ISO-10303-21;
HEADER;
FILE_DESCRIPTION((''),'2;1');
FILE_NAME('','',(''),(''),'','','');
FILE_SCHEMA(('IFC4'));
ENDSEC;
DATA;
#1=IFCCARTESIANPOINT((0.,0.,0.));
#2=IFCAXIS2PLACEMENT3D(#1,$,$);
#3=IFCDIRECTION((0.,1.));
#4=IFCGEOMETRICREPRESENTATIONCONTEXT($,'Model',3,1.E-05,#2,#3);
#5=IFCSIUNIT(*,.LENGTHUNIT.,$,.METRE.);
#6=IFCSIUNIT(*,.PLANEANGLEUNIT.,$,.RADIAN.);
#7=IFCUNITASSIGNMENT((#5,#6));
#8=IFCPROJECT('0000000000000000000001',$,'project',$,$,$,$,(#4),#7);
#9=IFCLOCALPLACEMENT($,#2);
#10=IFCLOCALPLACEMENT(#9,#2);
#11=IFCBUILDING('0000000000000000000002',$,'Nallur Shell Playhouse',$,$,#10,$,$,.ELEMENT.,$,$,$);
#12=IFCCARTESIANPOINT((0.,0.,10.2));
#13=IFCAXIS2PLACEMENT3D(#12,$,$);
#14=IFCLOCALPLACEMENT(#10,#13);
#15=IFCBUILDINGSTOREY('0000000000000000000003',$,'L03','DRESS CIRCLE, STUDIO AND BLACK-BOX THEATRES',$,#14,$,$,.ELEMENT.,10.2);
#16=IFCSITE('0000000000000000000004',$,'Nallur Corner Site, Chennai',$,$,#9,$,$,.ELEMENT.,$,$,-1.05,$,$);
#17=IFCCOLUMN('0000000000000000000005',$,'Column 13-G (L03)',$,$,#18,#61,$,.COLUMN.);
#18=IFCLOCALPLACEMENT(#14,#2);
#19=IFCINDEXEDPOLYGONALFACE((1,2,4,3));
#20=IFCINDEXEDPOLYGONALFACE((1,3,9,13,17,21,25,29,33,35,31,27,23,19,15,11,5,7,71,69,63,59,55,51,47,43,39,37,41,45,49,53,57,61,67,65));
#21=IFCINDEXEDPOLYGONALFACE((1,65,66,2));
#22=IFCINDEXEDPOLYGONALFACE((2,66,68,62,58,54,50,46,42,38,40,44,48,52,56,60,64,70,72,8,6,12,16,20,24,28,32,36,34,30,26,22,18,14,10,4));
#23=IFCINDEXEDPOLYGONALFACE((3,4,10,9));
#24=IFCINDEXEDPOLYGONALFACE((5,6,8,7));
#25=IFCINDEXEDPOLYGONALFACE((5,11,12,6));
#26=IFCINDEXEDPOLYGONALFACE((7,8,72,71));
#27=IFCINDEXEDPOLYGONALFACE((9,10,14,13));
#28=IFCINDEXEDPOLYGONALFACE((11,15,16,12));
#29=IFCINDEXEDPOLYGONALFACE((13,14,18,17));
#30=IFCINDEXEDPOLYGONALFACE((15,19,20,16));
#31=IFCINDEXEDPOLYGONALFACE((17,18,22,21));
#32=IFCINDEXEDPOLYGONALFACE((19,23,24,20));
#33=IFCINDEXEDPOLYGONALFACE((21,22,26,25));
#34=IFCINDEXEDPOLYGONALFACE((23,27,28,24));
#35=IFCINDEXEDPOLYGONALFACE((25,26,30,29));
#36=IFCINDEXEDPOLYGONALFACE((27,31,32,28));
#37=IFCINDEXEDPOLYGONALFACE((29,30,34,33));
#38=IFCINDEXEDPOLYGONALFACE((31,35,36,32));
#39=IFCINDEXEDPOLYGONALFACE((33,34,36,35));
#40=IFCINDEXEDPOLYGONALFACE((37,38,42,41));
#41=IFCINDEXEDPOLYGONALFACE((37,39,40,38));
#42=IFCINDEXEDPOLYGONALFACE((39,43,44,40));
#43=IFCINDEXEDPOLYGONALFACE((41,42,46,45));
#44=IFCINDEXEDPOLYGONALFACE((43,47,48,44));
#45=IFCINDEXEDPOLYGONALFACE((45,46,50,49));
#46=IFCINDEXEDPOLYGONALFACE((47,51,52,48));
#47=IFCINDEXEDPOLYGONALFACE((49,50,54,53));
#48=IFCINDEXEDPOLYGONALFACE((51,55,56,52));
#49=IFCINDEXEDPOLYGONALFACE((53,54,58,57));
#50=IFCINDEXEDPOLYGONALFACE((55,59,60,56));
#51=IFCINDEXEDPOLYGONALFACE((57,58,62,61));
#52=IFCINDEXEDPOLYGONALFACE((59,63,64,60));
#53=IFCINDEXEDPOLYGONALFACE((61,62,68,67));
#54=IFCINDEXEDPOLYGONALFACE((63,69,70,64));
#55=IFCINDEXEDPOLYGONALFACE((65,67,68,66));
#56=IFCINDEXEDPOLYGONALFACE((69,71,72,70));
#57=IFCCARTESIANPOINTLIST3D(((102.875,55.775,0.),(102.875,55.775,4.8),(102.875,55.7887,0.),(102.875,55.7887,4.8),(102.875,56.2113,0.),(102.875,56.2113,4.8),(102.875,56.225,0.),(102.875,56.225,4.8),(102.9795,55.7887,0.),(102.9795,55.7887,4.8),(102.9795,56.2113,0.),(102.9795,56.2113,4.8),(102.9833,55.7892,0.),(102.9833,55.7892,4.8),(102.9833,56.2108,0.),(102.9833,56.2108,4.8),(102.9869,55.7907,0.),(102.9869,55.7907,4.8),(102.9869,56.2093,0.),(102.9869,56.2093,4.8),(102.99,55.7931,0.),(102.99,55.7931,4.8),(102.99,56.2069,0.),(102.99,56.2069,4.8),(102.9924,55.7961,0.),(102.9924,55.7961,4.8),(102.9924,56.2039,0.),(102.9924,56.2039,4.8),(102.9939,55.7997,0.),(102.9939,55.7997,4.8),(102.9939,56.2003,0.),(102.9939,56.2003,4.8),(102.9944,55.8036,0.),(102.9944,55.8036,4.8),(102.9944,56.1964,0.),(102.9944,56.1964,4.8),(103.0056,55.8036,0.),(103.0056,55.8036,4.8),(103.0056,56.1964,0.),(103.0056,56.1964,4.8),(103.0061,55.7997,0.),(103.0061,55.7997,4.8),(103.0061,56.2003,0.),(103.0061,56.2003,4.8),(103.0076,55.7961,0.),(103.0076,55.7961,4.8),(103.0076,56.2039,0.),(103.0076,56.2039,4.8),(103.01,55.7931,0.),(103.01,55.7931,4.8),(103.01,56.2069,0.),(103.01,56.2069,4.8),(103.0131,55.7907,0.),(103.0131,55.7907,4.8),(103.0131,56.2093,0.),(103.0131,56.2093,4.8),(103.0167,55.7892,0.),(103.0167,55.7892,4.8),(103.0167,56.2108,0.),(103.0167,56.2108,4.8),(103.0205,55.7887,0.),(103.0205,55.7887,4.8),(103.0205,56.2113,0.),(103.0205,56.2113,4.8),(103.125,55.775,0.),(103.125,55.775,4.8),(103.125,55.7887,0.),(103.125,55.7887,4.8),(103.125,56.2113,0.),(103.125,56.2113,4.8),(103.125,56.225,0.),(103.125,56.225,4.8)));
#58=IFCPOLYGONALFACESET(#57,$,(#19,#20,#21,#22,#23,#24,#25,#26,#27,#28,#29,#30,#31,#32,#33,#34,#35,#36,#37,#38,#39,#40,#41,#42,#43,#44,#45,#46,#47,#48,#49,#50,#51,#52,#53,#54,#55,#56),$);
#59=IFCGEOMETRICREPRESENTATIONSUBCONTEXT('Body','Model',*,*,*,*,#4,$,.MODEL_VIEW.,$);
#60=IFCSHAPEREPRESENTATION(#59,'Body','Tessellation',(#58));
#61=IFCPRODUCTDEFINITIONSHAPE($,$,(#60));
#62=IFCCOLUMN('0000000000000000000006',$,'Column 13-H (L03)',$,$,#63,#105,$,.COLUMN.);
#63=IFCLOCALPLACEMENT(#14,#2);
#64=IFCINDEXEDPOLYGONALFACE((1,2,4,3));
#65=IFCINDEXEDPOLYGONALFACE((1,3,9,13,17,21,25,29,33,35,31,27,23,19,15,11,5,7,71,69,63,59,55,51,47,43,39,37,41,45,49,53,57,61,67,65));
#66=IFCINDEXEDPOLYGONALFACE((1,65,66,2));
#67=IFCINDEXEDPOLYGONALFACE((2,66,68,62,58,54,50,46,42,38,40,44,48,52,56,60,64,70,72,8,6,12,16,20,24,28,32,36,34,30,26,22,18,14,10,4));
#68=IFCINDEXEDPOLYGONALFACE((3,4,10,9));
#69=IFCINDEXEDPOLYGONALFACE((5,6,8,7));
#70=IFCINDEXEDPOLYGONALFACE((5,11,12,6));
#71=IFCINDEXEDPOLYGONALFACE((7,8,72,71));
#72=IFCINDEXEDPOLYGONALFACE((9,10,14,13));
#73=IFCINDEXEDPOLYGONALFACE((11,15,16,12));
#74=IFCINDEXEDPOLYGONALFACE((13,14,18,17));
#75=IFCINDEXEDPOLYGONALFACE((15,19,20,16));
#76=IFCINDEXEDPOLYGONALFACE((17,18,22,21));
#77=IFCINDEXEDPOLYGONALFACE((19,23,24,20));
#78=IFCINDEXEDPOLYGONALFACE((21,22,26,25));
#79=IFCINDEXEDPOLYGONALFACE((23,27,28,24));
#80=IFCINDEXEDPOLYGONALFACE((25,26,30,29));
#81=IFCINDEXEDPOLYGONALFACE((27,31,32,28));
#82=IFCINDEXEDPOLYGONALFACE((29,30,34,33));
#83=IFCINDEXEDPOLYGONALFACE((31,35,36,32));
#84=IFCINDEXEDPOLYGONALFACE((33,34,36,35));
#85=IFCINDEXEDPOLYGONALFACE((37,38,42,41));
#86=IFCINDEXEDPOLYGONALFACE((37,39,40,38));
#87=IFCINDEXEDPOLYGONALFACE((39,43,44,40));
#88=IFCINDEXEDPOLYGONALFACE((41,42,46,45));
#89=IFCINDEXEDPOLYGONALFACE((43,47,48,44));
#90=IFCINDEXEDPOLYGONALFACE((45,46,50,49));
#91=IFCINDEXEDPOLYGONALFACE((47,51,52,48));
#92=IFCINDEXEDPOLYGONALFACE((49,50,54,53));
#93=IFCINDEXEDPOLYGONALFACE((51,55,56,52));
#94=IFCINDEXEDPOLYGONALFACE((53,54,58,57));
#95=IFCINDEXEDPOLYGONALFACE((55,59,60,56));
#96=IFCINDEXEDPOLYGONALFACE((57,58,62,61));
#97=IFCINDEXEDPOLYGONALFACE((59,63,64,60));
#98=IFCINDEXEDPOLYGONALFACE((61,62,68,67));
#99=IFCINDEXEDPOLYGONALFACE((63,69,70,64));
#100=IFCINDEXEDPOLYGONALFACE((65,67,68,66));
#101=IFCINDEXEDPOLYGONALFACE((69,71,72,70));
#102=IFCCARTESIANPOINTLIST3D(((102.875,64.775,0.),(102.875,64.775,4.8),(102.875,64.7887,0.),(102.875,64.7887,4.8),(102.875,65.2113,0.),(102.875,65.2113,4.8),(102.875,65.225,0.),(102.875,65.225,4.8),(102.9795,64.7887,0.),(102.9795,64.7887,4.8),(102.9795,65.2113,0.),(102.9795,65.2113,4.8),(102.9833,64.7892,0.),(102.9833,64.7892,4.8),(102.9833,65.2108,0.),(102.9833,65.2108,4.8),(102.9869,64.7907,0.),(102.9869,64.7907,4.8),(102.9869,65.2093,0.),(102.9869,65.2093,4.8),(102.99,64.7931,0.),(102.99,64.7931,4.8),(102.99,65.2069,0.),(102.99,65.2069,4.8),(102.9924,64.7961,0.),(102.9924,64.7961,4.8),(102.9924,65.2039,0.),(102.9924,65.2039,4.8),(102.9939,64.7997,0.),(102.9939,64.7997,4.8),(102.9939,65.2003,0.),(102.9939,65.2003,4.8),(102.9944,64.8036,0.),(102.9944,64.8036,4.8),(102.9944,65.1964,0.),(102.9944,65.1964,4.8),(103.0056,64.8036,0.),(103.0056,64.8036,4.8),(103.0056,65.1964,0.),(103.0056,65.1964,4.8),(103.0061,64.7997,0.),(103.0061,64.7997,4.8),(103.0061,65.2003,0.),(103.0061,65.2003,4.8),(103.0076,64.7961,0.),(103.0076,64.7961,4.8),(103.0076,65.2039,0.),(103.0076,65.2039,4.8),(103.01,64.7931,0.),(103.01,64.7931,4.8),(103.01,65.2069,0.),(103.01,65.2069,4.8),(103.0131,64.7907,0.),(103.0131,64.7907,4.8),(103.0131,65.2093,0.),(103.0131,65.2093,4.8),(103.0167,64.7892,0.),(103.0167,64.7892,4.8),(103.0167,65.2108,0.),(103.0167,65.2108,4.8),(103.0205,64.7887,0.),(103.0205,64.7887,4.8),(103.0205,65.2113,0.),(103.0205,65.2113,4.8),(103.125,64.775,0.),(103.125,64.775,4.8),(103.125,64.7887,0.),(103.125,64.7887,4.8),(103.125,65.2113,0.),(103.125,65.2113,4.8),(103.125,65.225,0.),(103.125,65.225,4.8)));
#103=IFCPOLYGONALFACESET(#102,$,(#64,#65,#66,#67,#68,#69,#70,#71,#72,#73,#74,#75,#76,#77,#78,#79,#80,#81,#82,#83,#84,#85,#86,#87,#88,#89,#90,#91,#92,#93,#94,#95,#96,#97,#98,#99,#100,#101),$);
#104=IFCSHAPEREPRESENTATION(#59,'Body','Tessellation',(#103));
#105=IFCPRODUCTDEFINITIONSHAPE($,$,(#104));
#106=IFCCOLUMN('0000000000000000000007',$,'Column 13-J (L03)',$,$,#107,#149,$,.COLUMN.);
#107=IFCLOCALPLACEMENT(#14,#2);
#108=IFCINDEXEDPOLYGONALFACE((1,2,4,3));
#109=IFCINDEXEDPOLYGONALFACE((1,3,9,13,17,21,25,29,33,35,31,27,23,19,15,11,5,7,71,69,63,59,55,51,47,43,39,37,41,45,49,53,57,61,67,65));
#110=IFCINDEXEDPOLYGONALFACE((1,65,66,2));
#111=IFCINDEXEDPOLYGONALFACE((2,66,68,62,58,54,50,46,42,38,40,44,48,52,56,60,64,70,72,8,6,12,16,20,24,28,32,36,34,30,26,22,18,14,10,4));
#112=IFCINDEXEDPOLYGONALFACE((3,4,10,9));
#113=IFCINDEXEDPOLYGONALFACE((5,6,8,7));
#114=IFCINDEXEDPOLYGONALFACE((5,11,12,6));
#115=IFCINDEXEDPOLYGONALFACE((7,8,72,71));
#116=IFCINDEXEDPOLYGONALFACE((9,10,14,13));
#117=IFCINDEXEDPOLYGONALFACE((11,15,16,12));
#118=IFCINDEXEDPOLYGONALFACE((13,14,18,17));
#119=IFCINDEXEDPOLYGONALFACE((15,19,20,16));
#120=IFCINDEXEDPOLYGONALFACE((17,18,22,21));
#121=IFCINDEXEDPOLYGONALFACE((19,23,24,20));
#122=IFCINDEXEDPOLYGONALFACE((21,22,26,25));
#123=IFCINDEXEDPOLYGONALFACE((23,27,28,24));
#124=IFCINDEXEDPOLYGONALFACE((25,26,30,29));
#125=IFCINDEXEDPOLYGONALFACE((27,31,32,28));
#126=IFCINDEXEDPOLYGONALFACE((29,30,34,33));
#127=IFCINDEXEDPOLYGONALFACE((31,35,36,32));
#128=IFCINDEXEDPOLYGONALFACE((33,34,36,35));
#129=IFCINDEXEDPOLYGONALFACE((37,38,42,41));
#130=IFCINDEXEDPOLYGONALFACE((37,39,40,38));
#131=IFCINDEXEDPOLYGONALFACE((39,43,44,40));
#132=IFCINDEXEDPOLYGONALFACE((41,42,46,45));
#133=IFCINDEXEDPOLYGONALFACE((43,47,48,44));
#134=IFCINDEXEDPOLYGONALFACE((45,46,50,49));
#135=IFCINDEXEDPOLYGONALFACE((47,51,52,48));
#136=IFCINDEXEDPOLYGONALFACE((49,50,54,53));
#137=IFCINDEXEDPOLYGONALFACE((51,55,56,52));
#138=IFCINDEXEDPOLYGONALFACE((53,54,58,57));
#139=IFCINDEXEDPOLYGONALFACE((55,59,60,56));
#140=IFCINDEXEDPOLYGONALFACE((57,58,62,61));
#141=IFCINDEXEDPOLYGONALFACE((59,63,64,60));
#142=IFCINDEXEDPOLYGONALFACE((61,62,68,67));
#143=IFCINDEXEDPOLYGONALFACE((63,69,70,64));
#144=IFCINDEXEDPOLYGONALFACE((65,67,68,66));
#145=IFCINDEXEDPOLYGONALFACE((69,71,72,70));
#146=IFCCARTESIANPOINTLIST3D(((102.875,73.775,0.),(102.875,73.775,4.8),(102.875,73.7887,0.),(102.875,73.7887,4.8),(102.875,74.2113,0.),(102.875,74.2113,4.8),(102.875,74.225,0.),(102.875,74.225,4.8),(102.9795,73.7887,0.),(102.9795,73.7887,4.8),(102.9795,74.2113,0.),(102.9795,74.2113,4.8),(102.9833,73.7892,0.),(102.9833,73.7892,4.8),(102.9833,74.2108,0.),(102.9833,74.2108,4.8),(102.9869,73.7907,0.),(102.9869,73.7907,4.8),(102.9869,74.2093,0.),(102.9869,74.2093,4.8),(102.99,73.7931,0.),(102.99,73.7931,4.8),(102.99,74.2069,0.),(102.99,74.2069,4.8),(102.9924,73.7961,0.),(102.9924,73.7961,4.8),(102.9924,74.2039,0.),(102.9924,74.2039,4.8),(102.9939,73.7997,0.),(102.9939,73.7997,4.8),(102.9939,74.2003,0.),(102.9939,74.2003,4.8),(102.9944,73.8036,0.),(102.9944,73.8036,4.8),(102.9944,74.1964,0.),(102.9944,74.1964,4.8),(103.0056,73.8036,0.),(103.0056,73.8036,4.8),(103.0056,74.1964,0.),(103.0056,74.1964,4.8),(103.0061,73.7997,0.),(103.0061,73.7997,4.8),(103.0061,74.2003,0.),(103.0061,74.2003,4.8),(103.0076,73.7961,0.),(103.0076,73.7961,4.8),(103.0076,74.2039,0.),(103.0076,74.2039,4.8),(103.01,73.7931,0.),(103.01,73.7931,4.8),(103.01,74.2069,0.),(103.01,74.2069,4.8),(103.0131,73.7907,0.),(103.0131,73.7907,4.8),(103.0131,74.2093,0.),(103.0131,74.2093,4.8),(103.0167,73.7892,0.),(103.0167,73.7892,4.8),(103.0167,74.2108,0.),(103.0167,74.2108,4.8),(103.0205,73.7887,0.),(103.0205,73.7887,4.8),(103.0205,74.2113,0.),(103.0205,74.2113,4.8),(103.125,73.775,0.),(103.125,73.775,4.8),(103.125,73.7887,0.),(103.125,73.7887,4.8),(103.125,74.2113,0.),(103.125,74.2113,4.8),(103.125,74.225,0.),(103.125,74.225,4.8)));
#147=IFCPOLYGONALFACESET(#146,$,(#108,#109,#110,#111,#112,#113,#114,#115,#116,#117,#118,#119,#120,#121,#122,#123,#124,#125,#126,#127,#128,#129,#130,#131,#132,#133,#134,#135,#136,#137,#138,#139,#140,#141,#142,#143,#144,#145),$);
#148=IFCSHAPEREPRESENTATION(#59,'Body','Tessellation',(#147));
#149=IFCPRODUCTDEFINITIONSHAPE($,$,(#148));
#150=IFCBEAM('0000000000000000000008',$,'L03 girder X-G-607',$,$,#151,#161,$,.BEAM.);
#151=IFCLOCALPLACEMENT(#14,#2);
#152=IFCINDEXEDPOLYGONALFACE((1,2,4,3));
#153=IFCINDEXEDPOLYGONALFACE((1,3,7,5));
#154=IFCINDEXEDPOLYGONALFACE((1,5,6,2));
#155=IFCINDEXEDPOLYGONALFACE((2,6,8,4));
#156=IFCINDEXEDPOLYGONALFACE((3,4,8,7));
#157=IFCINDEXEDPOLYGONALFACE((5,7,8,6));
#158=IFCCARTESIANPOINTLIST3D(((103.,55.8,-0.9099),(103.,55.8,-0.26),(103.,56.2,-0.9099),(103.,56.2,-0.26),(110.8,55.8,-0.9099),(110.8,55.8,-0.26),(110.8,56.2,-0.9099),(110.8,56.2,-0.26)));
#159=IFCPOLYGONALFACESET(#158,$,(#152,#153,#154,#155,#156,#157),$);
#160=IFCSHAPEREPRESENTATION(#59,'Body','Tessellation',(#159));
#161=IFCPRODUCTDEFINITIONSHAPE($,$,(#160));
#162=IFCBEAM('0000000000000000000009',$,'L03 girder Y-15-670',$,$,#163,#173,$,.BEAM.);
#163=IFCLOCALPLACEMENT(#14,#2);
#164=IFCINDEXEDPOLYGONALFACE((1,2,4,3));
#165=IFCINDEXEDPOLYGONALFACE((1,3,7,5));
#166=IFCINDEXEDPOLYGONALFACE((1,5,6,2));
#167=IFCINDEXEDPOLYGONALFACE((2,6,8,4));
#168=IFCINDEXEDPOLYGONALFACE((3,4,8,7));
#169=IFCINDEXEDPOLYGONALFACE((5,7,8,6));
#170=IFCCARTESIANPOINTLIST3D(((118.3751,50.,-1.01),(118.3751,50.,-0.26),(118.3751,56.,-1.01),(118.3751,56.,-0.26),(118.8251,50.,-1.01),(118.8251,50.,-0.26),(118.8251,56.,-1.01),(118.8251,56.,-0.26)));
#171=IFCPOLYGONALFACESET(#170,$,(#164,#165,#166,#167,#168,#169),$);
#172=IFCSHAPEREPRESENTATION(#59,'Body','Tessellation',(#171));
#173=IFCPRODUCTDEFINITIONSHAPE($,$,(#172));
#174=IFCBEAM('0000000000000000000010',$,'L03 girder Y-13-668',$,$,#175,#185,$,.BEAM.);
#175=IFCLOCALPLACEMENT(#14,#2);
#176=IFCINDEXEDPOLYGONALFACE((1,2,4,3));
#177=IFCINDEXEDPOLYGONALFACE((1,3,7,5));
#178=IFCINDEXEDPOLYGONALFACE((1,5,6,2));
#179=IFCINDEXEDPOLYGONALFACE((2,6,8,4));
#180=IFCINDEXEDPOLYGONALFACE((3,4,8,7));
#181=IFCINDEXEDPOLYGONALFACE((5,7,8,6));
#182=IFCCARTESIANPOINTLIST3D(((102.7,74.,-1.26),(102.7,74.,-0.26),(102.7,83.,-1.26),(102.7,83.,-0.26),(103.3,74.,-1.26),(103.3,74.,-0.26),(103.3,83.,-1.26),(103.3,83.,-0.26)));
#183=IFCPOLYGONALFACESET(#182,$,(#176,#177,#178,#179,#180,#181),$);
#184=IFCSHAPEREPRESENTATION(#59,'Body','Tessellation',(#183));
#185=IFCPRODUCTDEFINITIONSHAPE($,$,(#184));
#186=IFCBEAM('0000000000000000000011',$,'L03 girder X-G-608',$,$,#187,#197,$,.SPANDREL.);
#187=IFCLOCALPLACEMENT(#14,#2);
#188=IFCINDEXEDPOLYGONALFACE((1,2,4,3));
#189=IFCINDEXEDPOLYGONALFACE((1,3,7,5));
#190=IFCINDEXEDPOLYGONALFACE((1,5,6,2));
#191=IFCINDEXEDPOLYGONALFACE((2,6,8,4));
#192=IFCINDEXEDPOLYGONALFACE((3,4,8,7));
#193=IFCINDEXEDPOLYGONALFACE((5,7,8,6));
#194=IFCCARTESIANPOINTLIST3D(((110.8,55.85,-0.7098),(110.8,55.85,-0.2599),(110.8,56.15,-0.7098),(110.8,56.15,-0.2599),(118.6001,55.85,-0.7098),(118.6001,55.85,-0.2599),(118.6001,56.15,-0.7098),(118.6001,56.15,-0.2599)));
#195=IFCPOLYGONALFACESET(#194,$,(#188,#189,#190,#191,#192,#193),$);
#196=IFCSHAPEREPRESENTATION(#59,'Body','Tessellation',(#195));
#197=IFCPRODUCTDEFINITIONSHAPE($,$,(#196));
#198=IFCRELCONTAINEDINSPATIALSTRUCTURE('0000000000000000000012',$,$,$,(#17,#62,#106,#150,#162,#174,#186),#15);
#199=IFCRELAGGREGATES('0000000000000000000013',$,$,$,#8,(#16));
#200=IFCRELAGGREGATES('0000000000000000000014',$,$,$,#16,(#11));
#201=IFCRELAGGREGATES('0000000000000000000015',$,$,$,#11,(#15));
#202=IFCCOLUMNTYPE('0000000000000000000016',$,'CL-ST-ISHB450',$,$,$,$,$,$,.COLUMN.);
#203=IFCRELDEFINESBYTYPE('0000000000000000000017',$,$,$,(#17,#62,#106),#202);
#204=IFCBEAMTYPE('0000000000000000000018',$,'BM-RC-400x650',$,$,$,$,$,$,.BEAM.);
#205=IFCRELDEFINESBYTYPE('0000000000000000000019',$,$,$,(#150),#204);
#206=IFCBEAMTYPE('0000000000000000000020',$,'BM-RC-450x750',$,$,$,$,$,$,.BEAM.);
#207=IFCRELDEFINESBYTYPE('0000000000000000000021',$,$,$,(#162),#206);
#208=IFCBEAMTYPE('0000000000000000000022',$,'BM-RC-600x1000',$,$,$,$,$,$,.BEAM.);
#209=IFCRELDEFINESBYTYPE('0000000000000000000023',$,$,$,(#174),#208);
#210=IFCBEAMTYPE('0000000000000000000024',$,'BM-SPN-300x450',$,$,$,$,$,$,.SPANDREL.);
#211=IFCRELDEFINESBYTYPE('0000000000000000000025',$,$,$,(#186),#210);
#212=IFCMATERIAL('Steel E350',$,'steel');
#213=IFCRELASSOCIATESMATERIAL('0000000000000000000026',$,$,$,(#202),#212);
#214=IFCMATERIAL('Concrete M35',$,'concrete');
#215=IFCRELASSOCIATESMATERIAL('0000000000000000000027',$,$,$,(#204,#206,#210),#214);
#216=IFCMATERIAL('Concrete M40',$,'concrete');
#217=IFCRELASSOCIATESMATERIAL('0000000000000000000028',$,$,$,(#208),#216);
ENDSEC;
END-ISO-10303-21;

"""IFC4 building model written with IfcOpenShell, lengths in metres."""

from ifc_helpers import new_model, si_unit, direction, frame, origin, origin_2d, place, context, subcontext, project, spatial, rectangle, i_section, extrude, material, material_profile, profile_set, type_object, element, save


model = new_model("IFC4")

# Units and contexts
model_context = context("Model", 3, precision=1e-05, world=origin(), true_north=direction((0.0, 1.0)))
body_context = subcontext(model_context, "Body", "Model", "MODEL_VIEW")
ifc_project = project(units=[si_unit("LENGTHUNIT", "METRE"), si_unit("PLANEANGLEUNIT", "RADIAN")], contexts=[model_context])

# Site, building, storey
site_placement = place(None, origin())
site = spatial("IfcSite", under=ifc_project, at=site_placement, Name="Nallur Corner Site, Chennai", CompositionType="ELEMENT", RefElevation=-1.05)
building_placement = place(site_placement, origin())
building = spatial("IfcBuilding", under=site, at=building_placement, Name="Nallur Shell Playhouse", CompositionType="ELEMENT")
storey_placement = place(building_placement, frame((0.0, 0.0, 10.2)))
storey = spatial("IfcBuildingStorey", under=building, at=storey_placement, Name="L03", Description="DRESS CIRCLE, STUDIO AND BLACK-BOX THEATRES", CompositionType="ELEMENT", Elevation=10.2)

# Columns
ifc_material_1 = material(Name="Concrete M40", Category="concrete")
ifc_material_2 = material(Name="Steel E350", Category="steel")
ifc_material_profile_1 = material_profile(ifc_material_2, i_section(OverallWidth=0.25, OverallDepth=0.45, WebThickness=0.0112, FlangeThickness=0.0137, FilletRadius=0.0149, at=origin_2d()), Name="ISHB 450")
ifc_profile_set_1 = profile_set([ifc_material_profile_1], Name="Steel E350")
column_type_1 = type_object("IfcColumnType", Name="CL-ST-ISHB450", PredefinedType="COLUMN", material=ifc_profile_set_1)
for number, where, z_axis, x_axis, name in (
    (1, (103.0, 56.0, 0.0), (0.0, 0.0, 1.0), (1.0, 0.0, 0.0), "Column 13-G (L03)"),
    (2, (103.0, 65.0, 0.0), (0.0, 0.0, 1.0), (1.0, 0.0, 0.0), "Column 13-H (L03)"),
    (3, (103.0, 74.0, 0.0), (0.0, 0.0, 1.0), (1.0, 0.0, 0.0), "Column 13-J (L03)"),
):
    element("IfcColumn", number, at=place(storey_placement, frame(where, z_axis=z_axis, x_axis=x_axis)), inside=storey, type_object=column_type_1, Name=name, PredefinedType="COLUMN", context=body_context, shape_type="SweptSolid", body=[
        extrude(i_section(OverallWidth=0.25, OverallDepth=0.45, WebThickness=0.0112, FlangeThickness=0.0137, FilletRadius=0.0149, at=origin_2d()), origin(), (0.0, 0.0, 1.0), 4.8),
    ])

# Beams
ifc_material_3 = material(Name="Concrete M35", Category="concrete")
ifc_material_profile_2 = material_profile(ifc_material_3, rectangle(XDim=0.3999, YDim=0.6499, at=origin_2d()), Name="RC 400x650")
ifc_profile_set_2 = profile_set([ifc_material_profile_2], Name="Concrete M35")
beam_type_1 = type_object("IfcBeamType", Name="BM-RC-400x650", PredefinedType="BEAM", material=ifc_profile_set_2)
beam_1_placement = place(storey_placement, frame((103.0, 56.0, -0.585), z_axis=(1.0, 0.0, 0.0), x_axis=(0.0, 1.0, 0.0)))
element("IfcBeam", 4, at=beam_1_placement, inside=storey, type_object=beam_type_1, Name="L03 girder X-G-607", PredefinedType="BEAM", context=body_context, shape_type="SweptSolid", body=[
    extrude(rectangle(XDim=0.3999, YDim=0.6499, at=origin_2d()), origin(), (0.0, 0.0, 1.0), 7.8),
])
ifc_material_profile_3 = material_profile(ifc_material_3, rectangle(XDim=0.45, YDim=0.75, at=origin_2d()), Name="RC 450x750")
ifc_profile_set_3 = profile_set([ifc_material_profile_3], Name="Concrete M35")
beam_type_2 = type_object("IfcBeamType", Name="BM-RC-450x750", PredefinedType="BEAM", material=ifc_profile_set_3)
beam_2_placement = place(storey_placement, frame((118.6001, 50.0, -0.635), z_axis=(0.0, 1.0, 0.0), x_axis=(-1.0, 0.0, 0.0)))
element("IfcBeam", 5, at=beam_2_placement, inside=storey, type_object=beam_type_2, Name="L03 girder Y-15-670", PredefinedType="BEAM", context=body_context, shape_type="SweptSolid", body=[
    extrude(rectangle(XDim=0.45, YDim=0.75, at=origin_2d()), origin(), (0.0, 0.0, 1.0), 6.0),
])
ifc_material_profile_4 = material_profile(ifc_material_1, rectangle(XDim=0.6001, YDim=1.0, at=origin_2d()), Name="RC 600x1000")
ifc_profile_set_4 = profile_set([ifc_material_profile_4], Name="Concrete M40")
beam_type_3 = type_object("IfcBeamType", Name="BM-RC-600x1000", PredefinedType="BEAM", material=ifc_profile_set_4)
beam_3_placement = place(storey_placement, frame((103.0, 74.0, -0.76), z_axis=(0.0, 1.0, 0.0), x_axis=(-1.0, 0.0, 0.0)))
element("IfcBeam", 6, at=beam_3_placement, inside=storey, type_object=beam_type_3, Name="L03 girder Y-13-668", PredefinedType="BEAM", context=body_context, shape_type="SweptSolid", body=[
    extrude(rectangle(XDim=0.6001, YDim=1.0, at=origin_2d()), origin(), (0.0, 0.0, 1.0), 9.0),
])
ifc_material_profile_5 = material_profile(ifc_material_3, rectangle(XDim=0.3, YDim=0.45, at=origin_2d()), Name="RC 300x450")
ifc_profile_set_5 = profile_set([ifc_material_profile_5], Name="Concrete M35")
beam_type_4 = type_object("IfcBeamType", Name="BM-SPN-300x450", PredefinedType="SPANDREL", material=ifc_profile_set_5)
beam_4_placement = place(storey_placement, frame((110.8, 56.0, -0.4849), z_axis=(1.0, 0.0, 0.0), x_axis=(0.0, 1.0, 0.0)))
element("IfcBeam", 7, at=beam_4_placement, inside=storey, type_object=beam_type_4, Name="L03 girder X-G-608", PredefinedType="SPANDREL", context=body_context, shape_type="SweptSolid", body=[
    extrude(rectangle(XDim=0.3, YDim=0.45, at=origin_2d()), origin(), (0.0, 0.0, 1.0), 7.8),
])

save(model, "model.ifc")
